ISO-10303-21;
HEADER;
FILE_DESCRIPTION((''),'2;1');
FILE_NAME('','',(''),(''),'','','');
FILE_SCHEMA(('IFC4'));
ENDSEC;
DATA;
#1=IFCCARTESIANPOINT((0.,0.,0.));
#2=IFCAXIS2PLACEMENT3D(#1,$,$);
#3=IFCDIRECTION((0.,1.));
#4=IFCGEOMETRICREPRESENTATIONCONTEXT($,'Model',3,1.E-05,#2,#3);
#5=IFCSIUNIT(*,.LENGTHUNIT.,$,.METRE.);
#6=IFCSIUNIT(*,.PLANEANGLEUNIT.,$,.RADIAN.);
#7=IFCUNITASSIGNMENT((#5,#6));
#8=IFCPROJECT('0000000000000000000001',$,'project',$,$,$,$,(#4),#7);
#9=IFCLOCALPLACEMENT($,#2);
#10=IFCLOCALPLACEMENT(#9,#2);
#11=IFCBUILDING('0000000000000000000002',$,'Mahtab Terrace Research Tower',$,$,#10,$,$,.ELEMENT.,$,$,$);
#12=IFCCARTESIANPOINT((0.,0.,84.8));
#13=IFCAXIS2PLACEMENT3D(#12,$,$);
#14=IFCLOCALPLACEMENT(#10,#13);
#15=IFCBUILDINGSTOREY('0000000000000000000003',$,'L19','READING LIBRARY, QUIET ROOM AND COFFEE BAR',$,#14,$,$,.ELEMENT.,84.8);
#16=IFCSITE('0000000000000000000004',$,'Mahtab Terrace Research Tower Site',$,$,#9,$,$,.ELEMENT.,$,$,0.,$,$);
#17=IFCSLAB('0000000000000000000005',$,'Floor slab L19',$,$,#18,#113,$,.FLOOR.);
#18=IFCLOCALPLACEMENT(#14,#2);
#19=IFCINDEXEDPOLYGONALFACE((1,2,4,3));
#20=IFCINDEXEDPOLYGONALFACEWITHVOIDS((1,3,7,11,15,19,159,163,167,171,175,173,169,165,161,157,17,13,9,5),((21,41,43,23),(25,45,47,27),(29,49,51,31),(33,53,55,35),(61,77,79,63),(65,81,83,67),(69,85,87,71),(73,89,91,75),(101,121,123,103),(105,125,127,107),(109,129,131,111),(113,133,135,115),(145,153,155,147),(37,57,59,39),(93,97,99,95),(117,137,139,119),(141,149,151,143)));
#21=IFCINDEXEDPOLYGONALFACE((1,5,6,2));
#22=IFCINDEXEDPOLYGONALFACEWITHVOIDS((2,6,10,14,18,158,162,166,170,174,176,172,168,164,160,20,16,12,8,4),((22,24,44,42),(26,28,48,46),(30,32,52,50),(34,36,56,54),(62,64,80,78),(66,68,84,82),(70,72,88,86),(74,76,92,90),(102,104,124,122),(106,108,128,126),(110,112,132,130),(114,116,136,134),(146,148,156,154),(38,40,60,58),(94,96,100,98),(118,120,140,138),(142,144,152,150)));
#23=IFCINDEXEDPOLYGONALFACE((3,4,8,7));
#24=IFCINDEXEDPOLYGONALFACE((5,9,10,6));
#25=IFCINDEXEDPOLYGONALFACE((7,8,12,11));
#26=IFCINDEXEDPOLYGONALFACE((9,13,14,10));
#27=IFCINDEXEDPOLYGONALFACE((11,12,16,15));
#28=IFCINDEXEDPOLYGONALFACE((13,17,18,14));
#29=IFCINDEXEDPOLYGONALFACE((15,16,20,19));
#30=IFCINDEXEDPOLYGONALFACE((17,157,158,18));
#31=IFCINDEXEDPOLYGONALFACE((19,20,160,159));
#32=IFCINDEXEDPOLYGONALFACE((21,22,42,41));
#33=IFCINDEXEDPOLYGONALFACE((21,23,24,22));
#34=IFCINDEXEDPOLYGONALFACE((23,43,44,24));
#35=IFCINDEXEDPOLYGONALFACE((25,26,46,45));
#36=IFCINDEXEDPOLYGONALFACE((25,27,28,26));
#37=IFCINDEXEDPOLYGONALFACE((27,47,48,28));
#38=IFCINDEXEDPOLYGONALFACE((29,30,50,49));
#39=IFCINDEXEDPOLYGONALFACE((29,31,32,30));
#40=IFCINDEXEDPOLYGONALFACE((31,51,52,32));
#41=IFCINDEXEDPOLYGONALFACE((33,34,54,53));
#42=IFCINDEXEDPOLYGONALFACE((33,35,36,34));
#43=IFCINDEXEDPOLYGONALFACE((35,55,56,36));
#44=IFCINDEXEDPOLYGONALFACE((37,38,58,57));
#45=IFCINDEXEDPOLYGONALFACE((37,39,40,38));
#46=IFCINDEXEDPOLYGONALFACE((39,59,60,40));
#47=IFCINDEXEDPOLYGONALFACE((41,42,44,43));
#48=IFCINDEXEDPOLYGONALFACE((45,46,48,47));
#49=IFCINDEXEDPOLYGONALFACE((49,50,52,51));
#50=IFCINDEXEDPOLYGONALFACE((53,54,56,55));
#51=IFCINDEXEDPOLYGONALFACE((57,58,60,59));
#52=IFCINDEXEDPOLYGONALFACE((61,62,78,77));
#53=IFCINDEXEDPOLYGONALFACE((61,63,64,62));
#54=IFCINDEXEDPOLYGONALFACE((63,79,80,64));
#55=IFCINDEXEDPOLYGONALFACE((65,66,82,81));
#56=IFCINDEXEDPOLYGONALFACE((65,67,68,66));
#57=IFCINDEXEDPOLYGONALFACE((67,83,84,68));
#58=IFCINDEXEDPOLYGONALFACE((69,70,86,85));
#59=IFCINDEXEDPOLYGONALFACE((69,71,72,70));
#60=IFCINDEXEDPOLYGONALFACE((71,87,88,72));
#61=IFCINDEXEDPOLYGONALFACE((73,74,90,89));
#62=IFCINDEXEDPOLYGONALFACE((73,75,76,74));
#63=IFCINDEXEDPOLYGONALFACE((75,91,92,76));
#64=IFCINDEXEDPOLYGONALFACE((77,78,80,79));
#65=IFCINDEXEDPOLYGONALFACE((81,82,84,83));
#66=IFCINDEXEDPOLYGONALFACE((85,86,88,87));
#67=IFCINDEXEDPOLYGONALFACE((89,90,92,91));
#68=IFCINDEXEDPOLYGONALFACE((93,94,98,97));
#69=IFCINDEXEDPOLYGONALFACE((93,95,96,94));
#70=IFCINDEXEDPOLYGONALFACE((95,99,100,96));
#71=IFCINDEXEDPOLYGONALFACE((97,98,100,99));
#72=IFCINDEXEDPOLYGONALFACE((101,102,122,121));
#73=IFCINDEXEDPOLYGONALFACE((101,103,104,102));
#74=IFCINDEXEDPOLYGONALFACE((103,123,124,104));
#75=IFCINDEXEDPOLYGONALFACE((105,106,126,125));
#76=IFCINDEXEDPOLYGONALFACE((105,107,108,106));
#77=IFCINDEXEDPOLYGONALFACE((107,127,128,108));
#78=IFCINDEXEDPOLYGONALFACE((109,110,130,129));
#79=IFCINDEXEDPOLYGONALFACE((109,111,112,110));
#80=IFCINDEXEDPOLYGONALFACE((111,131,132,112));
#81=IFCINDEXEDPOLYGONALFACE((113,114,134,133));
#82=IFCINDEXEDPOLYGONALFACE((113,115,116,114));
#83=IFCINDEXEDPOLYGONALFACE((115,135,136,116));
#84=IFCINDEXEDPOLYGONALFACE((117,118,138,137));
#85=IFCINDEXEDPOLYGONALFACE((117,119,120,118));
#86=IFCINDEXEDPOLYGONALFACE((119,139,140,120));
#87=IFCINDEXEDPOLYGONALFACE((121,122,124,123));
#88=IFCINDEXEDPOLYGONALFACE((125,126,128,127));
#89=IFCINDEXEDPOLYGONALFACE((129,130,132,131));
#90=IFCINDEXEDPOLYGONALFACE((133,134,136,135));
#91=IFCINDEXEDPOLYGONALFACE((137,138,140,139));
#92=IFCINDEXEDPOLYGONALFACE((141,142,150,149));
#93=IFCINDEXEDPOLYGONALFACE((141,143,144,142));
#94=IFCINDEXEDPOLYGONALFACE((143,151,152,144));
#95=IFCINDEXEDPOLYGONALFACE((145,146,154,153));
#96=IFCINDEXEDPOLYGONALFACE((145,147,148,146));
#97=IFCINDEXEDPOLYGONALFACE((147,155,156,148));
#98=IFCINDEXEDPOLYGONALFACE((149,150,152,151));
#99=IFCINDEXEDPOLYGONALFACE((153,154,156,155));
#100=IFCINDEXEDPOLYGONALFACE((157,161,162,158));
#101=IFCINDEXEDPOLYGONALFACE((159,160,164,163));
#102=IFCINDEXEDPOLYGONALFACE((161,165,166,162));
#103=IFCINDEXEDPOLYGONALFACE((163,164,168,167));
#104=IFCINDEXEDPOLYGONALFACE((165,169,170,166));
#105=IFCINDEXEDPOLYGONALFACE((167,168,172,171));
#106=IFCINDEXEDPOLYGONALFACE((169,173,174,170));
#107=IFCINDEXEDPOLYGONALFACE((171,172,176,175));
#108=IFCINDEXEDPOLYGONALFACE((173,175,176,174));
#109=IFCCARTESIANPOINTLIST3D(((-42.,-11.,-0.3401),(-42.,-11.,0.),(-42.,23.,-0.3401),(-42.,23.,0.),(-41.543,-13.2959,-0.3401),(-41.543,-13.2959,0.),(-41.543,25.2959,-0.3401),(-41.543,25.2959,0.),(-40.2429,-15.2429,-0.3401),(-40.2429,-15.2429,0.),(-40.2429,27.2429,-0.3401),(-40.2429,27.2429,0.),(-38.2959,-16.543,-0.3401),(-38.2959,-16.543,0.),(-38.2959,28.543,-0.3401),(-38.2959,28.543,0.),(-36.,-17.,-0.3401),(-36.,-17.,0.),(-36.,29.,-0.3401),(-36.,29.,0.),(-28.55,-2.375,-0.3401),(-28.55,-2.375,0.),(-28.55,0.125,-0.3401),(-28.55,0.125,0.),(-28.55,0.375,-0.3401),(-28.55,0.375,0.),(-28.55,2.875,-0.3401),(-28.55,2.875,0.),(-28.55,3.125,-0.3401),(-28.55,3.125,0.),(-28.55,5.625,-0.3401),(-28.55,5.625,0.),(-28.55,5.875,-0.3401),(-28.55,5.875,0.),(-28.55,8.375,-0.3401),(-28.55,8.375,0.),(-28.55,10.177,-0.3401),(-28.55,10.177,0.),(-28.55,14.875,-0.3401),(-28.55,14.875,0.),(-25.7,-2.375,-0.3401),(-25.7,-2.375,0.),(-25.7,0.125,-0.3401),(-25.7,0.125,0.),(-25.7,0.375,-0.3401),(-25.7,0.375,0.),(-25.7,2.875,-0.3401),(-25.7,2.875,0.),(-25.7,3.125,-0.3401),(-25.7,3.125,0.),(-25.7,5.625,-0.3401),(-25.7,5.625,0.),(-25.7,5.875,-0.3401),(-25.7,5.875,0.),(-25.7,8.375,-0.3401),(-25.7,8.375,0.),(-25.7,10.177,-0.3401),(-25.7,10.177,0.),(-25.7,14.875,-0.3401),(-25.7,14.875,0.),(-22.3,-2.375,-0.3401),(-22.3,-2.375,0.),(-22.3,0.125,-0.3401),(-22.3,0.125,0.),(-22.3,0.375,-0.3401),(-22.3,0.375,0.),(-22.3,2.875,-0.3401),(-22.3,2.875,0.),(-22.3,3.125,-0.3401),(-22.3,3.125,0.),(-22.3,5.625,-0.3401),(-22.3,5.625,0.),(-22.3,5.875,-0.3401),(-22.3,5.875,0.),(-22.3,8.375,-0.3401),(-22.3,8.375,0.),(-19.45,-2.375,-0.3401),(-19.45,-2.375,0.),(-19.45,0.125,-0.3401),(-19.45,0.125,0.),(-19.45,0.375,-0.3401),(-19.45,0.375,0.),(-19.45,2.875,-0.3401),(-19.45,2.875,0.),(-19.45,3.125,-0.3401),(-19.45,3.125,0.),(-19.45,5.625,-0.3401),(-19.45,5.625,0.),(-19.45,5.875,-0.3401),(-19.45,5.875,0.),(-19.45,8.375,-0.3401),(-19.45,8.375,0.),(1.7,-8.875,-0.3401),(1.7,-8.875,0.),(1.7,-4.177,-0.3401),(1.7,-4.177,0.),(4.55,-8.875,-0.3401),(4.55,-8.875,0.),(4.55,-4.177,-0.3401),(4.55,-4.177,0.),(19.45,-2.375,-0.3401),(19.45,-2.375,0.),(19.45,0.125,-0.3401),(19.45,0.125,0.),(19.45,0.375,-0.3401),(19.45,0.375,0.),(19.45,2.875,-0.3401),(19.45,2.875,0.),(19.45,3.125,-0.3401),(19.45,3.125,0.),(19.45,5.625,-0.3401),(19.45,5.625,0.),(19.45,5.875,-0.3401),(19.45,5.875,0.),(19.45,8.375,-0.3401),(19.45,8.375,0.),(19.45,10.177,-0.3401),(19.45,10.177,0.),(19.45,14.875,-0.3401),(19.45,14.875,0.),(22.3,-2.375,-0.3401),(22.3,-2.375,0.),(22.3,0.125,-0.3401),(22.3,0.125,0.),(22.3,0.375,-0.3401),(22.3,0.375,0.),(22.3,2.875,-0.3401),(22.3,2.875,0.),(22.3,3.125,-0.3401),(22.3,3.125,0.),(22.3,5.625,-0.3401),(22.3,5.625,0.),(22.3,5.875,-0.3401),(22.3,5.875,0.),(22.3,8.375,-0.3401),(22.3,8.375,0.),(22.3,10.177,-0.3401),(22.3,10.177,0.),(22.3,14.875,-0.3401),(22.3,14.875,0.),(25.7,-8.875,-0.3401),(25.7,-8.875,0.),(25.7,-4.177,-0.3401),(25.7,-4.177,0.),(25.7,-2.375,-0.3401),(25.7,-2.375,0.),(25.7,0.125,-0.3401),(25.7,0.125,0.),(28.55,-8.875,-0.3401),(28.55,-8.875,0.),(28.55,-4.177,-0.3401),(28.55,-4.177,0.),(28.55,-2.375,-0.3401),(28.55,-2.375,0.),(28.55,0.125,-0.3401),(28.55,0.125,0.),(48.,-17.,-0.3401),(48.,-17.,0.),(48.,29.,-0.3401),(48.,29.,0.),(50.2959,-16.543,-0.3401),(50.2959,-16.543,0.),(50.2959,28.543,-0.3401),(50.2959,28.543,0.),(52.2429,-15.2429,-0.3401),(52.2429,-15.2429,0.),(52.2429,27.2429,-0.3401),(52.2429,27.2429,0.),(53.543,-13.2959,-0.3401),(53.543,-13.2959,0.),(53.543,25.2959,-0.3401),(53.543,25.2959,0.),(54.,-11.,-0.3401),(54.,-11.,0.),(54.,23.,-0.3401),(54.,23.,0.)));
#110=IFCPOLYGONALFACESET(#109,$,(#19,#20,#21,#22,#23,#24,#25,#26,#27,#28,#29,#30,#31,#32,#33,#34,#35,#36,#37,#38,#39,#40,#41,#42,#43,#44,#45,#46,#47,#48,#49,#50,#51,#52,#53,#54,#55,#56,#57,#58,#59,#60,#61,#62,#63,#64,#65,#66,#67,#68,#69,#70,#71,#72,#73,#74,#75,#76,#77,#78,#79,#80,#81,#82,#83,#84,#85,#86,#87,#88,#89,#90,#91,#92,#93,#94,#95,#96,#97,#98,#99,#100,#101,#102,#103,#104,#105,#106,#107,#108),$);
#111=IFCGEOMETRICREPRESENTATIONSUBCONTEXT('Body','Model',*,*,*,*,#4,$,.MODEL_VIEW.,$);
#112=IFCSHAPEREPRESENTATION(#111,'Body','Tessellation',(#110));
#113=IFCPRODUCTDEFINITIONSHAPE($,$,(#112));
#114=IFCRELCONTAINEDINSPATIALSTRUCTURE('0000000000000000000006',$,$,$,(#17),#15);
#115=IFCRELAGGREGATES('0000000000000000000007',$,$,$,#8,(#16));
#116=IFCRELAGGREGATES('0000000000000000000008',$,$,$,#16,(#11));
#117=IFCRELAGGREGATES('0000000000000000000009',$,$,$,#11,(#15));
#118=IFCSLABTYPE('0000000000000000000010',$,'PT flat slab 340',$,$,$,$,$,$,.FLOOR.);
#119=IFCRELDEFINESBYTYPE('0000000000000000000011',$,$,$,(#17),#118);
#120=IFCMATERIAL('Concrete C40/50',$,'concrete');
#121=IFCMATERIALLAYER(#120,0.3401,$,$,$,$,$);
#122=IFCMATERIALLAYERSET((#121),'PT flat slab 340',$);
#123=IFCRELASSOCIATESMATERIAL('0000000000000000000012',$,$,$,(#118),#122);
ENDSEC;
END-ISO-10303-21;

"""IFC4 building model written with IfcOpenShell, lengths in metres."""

from ifc_helpers import new_model, si_unit, direction, frame, origin, place, context, subcontext, project, spatial, polyline, outline, extrude, material, layer, layer_set, type_object, element, save


model = new_model("IFC4")

# Units and contexts
model_context = context("Model", 3, precision=1e-05, world=origin(), true_north=direction((0.0, 1.0)))
body_context = subcontext(model_context, "Body", "Model", "MODEL_VIEW")
ifc_project = project(units=[si_unit("LENGTHUNIT", "METRE"), si_unit("PLANEANGLEUNIT", "RADIAN")], contexts=[model_context])

# Site, building, storey
site_placement = place(None, origin())
site = spatial("IfcSite", under=ifc_project, at=site_placement, Name="Mahtab Terrace Research Tower Site", CompositionType="ELEMENT", RefElevation=0.0)
building_placement = place(site_placement, origin())
building = spatial("IfcBuilding", under=site, at=building_placement, Name="Mahtab Terrace Research Tower", CompositionType="ELEMENT")
storey_placement = place(building_placement, frame((0.0, 0.0, 84.8)))
storey = spatial("IfcBuildingStorey", under=building, at=storey_placement, Name="L19", Description="READING LIBRARY, QUIET ROOM AND COFFEE BAR", CompositionType="ELEMENT", Elevation=84.8)

# Shared definitions
ifc_material_1 = material(Name="Concrete C40/50", Category="concrete")

# Slab
ifc_layer_1 = layer(ifc_material_1, 0.3401)
ifc_layer_set_1 = layer_set([ifc_layer_1], Name="PT flat slab 340")
slab_type_1 = type_object("IfcSlabType", Name="PT flat slab 340", PredefinedType="FLOOR", material=ifc_layer_set_1)
slab_1_placement = place(storey_placement, frame((0.0, 0.0, -0.3401)))
element("IfcSlab", 1, at=slab_1_placement, inside=storey, type_object=slab_type_1, Name="Floor slab L19", PredefinedType="FLOOR", context=body_context, shape_type="SweptSolid", body=[
    extrude(outline(polyline([(53.543, 25.2959), (52.2429, 27.2429), (50.2959, 28.543), (48.0, 29.0), (-36.0, 29.0), (-38.2959, 28.543), (-40.2429, 27.2429), (-41.543, 25.2959), (-42.0, 23.0), (-42.0, -11.0), (-41.543, -13.2959), (-40.2429, -15.2429), (-38.2959, -16.543), (-36.0, -17.0), (48.0, -17.0), (50.2959, -16.543), (52.2429, -15.2429), (53.543, -13.2959), (54.0, -11.0), (54.0, 23.0), (53.543, 25.2959)]), holes=[polyline([(-28.55, -2.375), (-28.55, 0.125), (-25.7, 0.125), (-25.7, -2.375), (-28.55, -2.375)]), polyline([(-22.3, -2.375), (-22.3, 0.125), (-19.45, 0.125), (-19.45, -2.375), (-22.3, -2.375)]), polyline([(-28.55, 0.375), (-28.55, 2.875), (-25.7, 2.875), (-25.7, 0.375), (-28.55, 0.375)]), polyline([(-22.3, 0.375), (-22.3, 2.875), (-19.45, 2.875), (-19.45, 0.375), (-22.3, 0.375)]), polyline([(-28.55, 3.125), (-28.55, 5.625), (-25.7, 5.625), (-25.7, 3.125), (-28.55, 3.125)]), polyline([(-22.3, 3.125), (-22.3, 5.625), (-19.45, 5.625), (-19.45, 3.125), (-22.3, 3.125)]), polyline([(-28.55, 5.875), (-28.55, 8.375), (-25.7, 8.375), (-25.7, 5.875), (-28.55, 5.875)]), polyline([(-22.3, 5.875), (-22.3, 8.375), (-19.45, 8.375), (-19.45, 5.875), (-22.3, 5.875)]), polyline([(-28.55, 10.177), (-28.55, 14.875), (-25.7, 14.875), (-25.7, 10.177), (-28.55, 10.177)]), polyline([(1.7, -8.875), (1.7, -4.177), (4.55, -4.177), (4.55, -8.875), (1.7, -8.875)]), polyline([(25.7, -8.875), (25.7, -4.177), (28.55, -4.177), (28.55, -8.875), (25.7, -8.875)]), polyline([(19.45, -2.375), (19.45, 0.125), (22.3, 0.125), (22.3, -2.375), (19.45, -2.375)]), polyline([(25.7, -2.375), (25.7, 0.125), (28.55, 0.125), (28.55, -2.375), (25.7, -2.375)]), polyline([(19.45, 0.375), (19.45, 2.875), (22.3, 2.875), (22.3, 0.375), (19.45, 0.375)]), polyline([(19.45, 3.125), (19.45, 5.625), (22.3, 5.625), (22.3, 3.125), (19.45, 3.125)]), polyline([(19.45, 8.375), (22.3, 8.375), (22.3, 5.875), (19.45, 5.875), (19.45, 8.375)]), polyline([(19.45, 14.875), (22.3, 14.875), (22.3, 10.177), (19.45, 10.177), (19.45, 14.875)])]), origin(), (0.0, 0.0, 1.0), 0.3401),
])

save(model, "model.ifc")
